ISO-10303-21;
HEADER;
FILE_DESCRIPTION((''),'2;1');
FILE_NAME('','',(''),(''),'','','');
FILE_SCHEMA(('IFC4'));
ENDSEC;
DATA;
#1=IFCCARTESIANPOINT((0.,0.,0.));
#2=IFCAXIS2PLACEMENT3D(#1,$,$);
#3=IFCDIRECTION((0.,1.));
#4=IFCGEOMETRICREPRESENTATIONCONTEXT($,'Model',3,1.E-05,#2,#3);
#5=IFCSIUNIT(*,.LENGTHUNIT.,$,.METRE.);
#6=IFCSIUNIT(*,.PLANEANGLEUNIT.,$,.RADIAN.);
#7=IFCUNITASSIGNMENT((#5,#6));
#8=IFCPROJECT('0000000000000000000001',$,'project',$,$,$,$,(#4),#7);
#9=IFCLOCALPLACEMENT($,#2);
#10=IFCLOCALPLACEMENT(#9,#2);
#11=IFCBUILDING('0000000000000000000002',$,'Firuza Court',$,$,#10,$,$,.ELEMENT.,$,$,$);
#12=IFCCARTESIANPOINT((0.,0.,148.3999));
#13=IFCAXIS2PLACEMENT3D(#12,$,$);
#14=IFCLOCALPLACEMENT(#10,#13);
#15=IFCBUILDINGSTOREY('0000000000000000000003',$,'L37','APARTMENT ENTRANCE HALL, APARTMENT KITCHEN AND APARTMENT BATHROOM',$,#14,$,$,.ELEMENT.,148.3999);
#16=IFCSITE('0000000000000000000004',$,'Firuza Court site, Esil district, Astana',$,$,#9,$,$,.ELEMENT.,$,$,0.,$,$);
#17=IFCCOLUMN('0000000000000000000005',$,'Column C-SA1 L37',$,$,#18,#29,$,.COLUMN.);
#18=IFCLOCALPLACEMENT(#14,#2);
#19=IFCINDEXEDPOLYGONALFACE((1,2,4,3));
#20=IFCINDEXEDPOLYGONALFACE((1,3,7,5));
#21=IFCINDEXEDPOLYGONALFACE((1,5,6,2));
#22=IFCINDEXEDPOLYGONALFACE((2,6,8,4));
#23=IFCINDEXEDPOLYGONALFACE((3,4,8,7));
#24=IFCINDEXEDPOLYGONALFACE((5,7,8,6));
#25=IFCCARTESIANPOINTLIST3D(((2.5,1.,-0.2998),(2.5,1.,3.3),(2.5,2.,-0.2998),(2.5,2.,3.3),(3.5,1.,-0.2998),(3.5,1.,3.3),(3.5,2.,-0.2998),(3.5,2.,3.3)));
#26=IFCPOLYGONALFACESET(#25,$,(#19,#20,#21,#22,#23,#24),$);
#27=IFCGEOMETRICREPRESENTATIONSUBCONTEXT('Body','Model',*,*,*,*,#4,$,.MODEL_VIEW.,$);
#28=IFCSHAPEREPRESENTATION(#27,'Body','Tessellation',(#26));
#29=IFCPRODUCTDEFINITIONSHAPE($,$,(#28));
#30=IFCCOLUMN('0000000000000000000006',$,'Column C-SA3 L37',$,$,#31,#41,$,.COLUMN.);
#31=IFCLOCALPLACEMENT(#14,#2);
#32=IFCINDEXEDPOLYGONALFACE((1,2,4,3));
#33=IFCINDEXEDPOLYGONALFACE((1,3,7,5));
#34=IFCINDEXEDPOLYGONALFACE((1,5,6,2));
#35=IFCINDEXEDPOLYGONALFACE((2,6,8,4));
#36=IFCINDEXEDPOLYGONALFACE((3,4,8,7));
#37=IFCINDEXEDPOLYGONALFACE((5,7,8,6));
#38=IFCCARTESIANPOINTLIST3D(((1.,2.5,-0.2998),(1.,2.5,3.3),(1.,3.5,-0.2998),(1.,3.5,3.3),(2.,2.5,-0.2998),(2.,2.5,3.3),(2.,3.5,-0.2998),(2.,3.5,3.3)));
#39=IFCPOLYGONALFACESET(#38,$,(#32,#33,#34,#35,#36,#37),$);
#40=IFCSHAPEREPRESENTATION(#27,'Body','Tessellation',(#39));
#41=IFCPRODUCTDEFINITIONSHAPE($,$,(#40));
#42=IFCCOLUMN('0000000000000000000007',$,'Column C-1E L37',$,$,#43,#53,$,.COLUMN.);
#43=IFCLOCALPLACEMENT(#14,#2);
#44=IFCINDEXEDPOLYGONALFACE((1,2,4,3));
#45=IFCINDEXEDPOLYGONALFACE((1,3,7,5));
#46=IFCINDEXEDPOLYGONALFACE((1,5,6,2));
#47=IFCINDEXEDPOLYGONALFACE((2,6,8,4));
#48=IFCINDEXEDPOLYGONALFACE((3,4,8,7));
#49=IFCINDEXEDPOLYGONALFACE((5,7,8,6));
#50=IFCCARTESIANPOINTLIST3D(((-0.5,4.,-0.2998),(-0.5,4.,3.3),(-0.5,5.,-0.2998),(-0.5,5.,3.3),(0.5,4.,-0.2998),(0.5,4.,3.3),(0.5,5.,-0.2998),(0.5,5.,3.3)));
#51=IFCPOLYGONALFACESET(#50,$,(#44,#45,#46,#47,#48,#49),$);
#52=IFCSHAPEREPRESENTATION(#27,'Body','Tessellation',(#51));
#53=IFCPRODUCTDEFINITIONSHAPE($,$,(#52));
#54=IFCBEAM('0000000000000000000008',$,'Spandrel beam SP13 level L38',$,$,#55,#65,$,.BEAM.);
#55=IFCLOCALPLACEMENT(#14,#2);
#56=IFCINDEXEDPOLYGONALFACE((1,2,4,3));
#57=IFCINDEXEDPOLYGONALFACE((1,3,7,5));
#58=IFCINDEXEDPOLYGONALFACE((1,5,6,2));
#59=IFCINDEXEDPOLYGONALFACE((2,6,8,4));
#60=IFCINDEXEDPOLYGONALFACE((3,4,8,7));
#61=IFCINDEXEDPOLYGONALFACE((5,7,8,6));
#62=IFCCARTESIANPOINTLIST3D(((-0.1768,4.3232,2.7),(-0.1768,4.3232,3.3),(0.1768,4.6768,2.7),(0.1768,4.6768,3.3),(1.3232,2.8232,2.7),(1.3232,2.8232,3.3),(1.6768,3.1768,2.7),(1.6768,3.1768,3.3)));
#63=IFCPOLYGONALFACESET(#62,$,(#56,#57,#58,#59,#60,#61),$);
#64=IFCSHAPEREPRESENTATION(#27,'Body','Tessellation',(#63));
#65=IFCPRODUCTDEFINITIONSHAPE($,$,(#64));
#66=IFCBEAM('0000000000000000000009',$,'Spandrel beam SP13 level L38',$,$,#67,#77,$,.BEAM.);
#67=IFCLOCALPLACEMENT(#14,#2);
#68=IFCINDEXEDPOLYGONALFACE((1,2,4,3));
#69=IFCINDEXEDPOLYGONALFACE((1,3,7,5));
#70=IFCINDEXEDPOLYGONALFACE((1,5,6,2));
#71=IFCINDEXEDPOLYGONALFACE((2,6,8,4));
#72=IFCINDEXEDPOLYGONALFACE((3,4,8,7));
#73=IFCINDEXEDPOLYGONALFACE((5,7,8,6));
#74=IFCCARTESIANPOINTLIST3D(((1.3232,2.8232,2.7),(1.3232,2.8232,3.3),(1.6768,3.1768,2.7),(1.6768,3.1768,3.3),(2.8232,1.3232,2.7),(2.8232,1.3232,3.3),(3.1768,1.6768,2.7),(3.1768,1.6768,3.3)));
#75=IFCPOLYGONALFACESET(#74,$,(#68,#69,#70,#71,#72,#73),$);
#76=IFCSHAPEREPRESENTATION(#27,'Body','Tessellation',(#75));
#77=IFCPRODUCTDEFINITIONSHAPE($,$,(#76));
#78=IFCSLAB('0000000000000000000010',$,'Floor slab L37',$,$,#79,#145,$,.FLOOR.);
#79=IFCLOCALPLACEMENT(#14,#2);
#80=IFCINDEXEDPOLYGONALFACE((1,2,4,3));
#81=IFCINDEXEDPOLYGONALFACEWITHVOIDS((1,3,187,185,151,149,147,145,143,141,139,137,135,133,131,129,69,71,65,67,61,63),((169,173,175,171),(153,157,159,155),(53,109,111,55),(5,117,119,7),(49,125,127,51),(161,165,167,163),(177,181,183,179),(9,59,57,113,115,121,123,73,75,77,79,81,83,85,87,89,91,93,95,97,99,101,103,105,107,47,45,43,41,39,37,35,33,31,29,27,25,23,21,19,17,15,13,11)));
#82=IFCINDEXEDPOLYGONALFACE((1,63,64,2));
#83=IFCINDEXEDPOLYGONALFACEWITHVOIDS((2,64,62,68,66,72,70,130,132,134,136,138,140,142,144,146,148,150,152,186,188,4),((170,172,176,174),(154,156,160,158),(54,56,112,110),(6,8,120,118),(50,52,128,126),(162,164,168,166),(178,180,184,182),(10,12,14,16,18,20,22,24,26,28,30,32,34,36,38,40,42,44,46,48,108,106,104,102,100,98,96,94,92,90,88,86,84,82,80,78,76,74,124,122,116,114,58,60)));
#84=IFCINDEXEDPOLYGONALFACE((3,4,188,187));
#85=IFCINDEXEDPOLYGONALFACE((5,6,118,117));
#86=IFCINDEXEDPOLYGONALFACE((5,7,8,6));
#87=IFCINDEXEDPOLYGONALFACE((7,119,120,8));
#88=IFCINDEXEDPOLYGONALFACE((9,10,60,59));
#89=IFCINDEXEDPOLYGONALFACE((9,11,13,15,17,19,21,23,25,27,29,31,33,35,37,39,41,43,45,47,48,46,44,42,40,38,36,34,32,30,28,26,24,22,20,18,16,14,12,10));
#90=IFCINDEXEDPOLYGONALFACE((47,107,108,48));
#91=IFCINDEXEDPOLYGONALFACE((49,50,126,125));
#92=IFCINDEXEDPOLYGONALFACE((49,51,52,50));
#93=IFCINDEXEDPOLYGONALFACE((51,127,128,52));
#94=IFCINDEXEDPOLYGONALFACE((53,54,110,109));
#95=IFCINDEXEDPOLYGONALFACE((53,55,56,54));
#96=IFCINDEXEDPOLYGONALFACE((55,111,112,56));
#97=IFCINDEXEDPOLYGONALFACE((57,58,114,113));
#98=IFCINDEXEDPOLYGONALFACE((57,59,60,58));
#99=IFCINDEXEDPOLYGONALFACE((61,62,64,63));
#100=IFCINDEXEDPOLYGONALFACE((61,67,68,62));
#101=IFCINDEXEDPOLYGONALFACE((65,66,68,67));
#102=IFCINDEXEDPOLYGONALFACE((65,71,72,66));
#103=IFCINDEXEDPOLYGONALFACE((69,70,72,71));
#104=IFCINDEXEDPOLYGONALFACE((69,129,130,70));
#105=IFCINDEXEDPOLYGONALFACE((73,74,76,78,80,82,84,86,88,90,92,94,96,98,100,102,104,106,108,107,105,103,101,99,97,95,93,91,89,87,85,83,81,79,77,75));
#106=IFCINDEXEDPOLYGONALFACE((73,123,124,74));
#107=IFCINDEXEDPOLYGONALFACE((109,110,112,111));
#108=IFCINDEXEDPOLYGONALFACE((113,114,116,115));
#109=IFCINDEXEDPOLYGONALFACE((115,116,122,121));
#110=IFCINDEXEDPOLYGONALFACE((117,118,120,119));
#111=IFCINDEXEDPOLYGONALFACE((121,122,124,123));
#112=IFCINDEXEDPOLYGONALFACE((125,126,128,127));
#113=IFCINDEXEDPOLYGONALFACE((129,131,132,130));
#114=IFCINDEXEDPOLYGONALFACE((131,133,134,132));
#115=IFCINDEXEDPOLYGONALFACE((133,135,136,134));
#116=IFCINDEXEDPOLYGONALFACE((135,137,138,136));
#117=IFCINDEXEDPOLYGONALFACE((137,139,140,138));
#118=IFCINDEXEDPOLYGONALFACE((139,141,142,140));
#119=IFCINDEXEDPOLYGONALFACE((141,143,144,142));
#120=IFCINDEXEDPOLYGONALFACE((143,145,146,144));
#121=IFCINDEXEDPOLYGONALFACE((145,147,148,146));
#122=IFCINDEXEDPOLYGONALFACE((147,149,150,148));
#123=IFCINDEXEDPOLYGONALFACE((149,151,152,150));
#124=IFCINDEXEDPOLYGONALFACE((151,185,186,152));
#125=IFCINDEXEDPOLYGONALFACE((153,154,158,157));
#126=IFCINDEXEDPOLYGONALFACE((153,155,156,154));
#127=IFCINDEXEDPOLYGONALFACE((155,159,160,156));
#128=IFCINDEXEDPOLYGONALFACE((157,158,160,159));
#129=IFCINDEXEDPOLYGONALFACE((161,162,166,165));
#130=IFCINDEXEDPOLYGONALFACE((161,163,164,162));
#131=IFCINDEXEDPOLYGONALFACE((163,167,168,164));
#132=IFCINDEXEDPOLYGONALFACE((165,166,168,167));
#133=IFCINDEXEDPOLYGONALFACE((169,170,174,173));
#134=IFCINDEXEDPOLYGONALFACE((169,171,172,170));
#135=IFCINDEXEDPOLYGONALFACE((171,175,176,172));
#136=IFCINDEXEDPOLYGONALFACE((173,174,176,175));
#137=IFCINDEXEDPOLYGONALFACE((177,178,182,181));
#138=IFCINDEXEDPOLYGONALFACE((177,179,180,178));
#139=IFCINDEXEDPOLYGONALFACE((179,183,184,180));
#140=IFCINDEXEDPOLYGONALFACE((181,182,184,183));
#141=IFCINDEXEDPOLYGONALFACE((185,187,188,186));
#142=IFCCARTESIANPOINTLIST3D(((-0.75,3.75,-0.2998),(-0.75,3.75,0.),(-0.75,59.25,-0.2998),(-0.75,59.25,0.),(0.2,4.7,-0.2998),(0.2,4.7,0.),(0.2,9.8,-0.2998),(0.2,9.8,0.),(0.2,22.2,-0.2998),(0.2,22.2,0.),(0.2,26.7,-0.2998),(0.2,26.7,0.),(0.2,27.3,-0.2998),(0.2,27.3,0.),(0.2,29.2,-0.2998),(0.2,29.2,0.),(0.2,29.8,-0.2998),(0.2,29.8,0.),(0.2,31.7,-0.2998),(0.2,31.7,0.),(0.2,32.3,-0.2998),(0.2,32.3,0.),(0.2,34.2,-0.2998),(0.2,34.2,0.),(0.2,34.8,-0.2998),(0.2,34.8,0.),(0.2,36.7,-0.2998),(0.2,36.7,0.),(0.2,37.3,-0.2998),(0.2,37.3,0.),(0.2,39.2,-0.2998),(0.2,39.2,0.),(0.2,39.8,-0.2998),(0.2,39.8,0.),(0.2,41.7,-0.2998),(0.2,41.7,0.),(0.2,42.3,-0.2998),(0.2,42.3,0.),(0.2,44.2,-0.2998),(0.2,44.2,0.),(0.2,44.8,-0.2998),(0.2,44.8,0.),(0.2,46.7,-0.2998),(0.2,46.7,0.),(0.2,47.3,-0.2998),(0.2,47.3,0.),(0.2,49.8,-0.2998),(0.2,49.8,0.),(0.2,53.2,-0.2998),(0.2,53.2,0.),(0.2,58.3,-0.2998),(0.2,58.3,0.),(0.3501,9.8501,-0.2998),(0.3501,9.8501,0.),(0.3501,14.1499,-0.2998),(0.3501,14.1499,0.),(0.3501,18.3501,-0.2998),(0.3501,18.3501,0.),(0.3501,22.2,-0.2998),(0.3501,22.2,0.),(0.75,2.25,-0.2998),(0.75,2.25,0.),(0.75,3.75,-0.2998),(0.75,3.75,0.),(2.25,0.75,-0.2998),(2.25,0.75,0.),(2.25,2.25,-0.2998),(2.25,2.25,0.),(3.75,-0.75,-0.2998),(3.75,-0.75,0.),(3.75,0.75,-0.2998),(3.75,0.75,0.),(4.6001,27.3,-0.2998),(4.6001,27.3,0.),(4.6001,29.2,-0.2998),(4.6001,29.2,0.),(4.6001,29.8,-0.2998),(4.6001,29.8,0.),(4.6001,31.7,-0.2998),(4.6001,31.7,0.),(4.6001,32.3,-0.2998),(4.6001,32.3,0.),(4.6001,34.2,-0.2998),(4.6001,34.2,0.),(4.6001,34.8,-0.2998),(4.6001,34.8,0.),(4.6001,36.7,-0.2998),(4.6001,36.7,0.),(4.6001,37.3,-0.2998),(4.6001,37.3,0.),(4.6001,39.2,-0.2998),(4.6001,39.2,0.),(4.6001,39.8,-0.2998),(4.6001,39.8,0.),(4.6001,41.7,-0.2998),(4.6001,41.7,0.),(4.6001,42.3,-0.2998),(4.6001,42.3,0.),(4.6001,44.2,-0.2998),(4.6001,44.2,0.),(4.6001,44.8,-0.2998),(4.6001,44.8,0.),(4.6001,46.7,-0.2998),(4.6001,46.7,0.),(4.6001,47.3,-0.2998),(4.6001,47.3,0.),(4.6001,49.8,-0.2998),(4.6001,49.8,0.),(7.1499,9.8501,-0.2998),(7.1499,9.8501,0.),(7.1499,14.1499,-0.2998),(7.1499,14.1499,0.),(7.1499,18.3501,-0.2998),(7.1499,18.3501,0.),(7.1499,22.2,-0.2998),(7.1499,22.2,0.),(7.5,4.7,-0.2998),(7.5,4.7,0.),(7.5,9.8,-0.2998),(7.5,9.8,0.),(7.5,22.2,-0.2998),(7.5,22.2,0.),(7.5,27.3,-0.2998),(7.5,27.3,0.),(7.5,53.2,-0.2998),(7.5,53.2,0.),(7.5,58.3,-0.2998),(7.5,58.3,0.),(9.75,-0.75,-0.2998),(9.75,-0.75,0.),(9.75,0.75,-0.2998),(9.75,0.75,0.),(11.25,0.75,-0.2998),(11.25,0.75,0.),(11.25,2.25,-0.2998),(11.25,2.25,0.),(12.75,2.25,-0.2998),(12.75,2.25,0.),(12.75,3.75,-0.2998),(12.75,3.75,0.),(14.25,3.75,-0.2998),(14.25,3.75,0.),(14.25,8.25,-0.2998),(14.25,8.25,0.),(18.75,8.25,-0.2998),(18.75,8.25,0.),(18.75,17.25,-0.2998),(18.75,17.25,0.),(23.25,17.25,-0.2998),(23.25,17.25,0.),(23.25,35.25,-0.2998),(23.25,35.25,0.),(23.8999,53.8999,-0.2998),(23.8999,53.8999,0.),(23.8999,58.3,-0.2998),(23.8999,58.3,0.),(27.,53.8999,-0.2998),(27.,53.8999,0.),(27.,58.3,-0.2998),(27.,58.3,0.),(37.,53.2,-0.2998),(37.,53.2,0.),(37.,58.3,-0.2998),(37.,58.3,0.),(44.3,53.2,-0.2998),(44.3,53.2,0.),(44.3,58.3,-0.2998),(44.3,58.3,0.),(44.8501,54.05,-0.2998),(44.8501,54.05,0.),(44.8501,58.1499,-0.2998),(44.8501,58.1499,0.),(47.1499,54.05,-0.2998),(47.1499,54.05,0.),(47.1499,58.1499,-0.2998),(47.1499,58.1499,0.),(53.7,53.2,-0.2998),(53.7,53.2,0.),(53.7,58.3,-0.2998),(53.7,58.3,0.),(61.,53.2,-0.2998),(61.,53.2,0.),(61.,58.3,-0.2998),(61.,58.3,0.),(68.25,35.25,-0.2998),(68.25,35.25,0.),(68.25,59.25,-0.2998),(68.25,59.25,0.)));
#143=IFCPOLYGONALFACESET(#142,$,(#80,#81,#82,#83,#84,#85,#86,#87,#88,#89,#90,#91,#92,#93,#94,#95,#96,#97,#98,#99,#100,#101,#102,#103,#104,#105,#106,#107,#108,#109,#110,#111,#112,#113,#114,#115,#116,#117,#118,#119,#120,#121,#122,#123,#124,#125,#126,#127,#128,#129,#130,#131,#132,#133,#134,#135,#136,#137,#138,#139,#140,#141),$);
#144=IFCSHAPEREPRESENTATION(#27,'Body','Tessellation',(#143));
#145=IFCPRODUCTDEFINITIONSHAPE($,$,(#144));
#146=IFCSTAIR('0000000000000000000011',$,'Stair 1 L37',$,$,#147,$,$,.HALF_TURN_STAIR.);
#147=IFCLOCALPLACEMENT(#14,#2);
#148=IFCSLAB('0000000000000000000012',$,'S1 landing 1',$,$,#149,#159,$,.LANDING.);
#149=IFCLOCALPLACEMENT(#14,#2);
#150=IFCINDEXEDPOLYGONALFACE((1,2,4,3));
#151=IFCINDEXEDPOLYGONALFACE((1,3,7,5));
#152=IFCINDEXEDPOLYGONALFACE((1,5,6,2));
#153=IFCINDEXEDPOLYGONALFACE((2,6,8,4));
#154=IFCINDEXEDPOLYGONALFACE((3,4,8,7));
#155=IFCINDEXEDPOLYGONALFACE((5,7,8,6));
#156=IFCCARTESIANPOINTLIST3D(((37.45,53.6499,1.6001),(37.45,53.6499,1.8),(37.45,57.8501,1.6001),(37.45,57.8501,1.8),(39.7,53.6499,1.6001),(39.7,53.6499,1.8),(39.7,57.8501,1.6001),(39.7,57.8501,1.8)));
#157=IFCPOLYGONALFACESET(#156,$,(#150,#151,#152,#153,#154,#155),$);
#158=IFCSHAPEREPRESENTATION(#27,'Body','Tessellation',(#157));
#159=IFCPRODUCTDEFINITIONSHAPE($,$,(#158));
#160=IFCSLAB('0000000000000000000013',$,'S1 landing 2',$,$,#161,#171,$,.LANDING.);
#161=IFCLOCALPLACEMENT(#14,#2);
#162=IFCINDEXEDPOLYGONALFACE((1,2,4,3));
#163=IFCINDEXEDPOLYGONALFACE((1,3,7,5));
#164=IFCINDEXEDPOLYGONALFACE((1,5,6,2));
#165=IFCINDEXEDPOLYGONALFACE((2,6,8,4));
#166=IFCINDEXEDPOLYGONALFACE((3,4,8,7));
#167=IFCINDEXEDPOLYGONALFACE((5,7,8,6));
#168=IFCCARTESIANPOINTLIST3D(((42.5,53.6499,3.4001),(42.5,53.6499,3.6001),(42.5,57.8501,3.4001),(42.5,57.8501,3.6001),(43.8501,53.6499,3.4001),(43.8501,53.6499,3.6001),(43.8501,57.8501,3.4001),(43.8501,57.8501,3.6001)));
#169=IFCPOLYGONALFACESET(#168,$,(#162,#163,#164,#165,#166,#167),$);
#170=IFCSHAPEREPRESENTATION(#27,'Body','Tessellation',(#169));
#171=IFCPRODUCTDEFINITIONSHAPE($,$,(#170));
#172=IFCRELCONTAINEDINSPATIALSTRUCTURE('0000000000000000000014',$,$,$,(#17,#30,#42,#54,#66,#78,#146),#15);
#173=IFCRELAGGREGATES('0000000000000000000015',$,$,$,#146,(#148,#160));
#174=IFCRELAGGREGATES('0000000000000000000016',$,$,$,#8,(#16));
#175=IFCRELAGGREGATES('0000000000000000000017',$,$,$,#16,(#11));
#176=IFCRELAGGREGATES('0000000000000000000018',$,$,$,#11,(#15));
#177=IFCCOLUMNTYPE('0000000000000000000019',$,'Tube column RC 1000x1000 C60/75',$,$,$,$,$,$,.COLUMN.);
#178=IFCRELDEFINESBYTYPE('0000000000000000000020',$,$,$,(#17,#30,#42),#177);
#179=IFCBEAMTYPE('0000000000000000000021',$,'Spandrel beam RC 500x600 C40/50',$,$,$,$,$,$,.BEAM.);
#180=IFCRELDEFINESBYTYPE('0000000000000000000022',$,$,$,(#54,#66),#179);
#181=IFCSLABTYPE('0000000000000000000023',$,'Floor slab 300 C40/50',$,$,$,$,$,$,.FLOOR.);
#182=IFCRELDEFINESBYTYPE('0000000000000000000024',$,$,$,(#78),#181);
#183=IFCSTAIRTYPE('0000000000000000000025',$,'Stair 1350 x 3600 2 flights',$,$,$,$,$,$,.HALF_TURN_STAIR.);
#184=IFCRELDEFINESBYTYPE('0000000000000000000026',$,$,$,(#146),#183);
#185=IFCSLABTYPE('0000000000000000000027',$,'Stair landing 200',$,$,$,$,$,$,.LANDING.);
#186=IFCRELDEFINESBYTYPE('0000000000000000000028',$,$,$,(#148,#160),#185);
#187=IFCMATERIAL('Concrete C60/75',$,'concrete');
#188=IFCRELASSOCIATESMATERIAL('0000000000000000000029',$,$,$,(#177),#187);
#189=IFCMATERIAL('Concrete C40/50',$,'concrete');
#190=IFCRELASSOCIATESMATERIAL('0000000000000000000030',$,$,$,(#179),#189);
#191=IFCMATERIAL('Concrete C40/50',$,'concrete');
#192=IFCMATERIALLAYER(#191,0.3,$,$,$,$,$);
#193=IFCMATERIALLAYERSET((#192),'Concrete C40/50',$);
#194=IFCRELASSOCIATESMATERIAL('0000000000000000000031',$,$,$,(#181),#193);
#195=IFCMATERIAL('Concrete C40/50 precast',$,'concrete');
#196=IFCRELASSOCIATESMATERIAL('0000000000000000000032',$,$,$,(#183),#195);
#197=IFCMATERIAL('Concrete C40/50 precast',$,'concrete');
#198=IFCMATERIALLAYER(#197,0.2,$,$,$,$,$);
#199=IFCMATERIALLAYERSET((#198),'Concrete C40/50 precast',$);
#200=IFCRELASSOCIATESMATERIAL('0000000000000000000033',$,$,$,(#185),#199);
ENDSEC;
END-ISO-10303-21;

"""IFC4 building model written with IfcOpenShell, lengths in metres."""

from ifc_helpers import new_model, si_unit, direction, frame, origin, origin_2d, place, context, subcontext, project, spatial, polyline, rectangle, outline, extrude, material, layer, layer_set, material_profile, profile_set, type_object, element, aggregate, save


model = new_model("IFC4")

# Units and contexts
model_context = context("Model", 3, precision=1e-05, world=origin(), true_north=direction((0.0, 1.0)))
body_context = subcontext(model_context, "Body", "Model", "MODEL_VIEW")
ifc_project = project(units=[si_unit("LENGTHUNIT", "METRE"), si_unit("PLANEANGLEUNIT", "RADIAN")], contexts=[model_context])

# Site, building, storey
site_placement = place(None, origin())
site = spatial("IfcSite", under=ifc_project, at=site_placement, Name="Firuza Court site, Esil district, Astana", CompositionType="ELEMENT", RefElevation=0.0)
building_placement = place(site_placement, origin())
building = spatial("IfcBuilding", under=site, at=building_placement, Name="Firuza Court", CompositionType="ELEMENT")
storey_placement = place(building_placement, frame((0.0, 0.0, 148.3999)))
storey = spatial("IfcBuildingStorey", under=building, at=storey_placement, Name="L37", Description="APARTMENT ENTRANCE HALL, APARTMENT KITCHEN AND APARTMENT BATHROOM", CompositionType="ELEMENT", Elevation=148.3999)

# Columns
ifc_material_1 = material(Name="Concrete C60/75", Category="concrete")
ifc_material_profile_1 = material_profile(ifc_material_1, rectangle(XDim=1.0, YDim=1.0, at=origin_2d()), Name="RC 1000x1000")
ifc_profile_set_1 = profile_set([ifc_material_profile_1], Name="Concrete C60/75")
column_type = type_object("IfcColumnType", Name="Tube column RC 1000x1000 C60/75", PredefinedType="COLUMN", material=ifc_profile_set_1)
for number, where, z_axis, x_axis, name in (
    (1, (3.0, 1.5, -0.2998), (0.0, 0.0, 1.0), (1.0, 0.0, 0.0), "Column C-SA1 L37"),
    (2, (1.5, 3.0, -0.2998), (0.0, 0.0, 1.0), (1.0, 0.0, 0.0), "Column C-SA3 L37"),
    (3, (0.0, 4.5, -0.2998), (0.0, 0.0, 1.0), (1.0, 0.0, 0.0), "Column C-1E L37"),
):
    element("IfcColumn", number, at=place(storey_placement, frame(where, z_axis=z_axis, x_axis=x_axis)), inside=storey, type_object=column_type, Name=name, PredefinedType="COLUMN", context=body_context, shape_type="SweptSolid", body=[
        extrude(rectangle(XDim=1.0, YDim=1.0, at=origin_2d()), origin(), (0.0, 0.0, 1.0), 3.5999),
    ])

# Beams
ifc_material_2 = material(Name="Concrete C40/50", Category="concrete")
ifc_material_profile_2 = material_profile(ifc_material_2, rectangle(XDim=0.5, YDim=0.6001, at=origin_2d()), Name="RC 500x600")
ifc_profile_set_2 = profile_set([ifc_material_profile_2], Name="Concrete C40/50")
beam_type = type_object("IfcBeamType", Name="Spandrel beam RC 500x600 C40/50", PredefinedType="BEAM", material=ifc_profile_set_2)
for number, where, z_axis, x_axis, name in (
    (4, (0.0, 4.5, 3.0), (0.707107, -0.707107, 0.0), (0.707107, 0.707107, 0.0), "Spandrel beam SP13 level L38"),
    (5, (1.5, 3.0, 3.0), (0.707107, -0.707107, 0.0), (0.707107, 0.707107, 0.0), "Spandrel beam SP13 level L38"),
):
    element("IfcBeam", number, at=place(storey_placement, frame(where, z_axis=z_axis, x_axis=x_axis)), inside=storey, type_object=beam_type, Name=name, PredefinedType="BEAM", context=body_context, shape_type="SweptSolid", body=[
        extrude(rectangle(XDim=0.5, YDim=0.6001, at=origin_2d()), origin(), (0.0, 0.0, 1.0), 2.1213),
    ])

# Slab
ifc_material_3 = material(Name="Concrete C40/50", Category="concrete")
ifc_layer_1 = layer(ifc_material_3, 0.3)
ifc_layer_set_1 = layer_set([ifc_layer_1], Name="Concrete C40/50")
slab_type_1 = type_object("IfcSlabType", Name="Floor slab 300 C40/50", PredefinedType="FLOOR", material=ifc_layer_set_1)
slab_1_placement = place(storey_placement, frame((0.0, 0.0, -0.2998)))
element("IfcSlab", 6, at=slab_1_placement, inside=storey, type_object=slab_type_1, Name="Floor slab L37", PredefinedType="FLOOR", context=body_context, shape_type="SweptSolid", body=[
    extrude(outline(polyline([(3.75, -0.75), (3.75, 0.75), (2.25, 0.75), (2.25, 2.25), (0.75, 2.25), (0.75, 3.75), (-0.75, 3.75), (-0.75, 59.25), (68.25, 59.25), (68.25, 35.25), (23.25, 35.25), (23.25, 17.25), (18.75, 17.25), (18.75, 8.25), (14.25, 8.25), (14.25, 3.75), (12.75, 3.75), (12.75, 2.25), (11.25, 2.25), (11.25, 0.75), (9.75, 0.75), (9.75, -0.75), (3.75, -0.75)]), holes=[polyline([(0.2, 29.8), (0.2, 29.2), (0.2, 27.3), (0.2, 26.7), (0.2, 22.2), (0.3501, 22.2), (0.3501, 18.3501), (7.1499, 18.3501), (7.1499, 22.2), (7.5, 22.2), (7.5, 27.3), (4.6001, 27.3), (4.6001, 29.2), (4.6001, 29.8), (4.6001, 31.7), (4.6001, 32.3), (4.6001, 34.2), (4.6001, 34.8), (4.6001, 36.7), (4.6001, 37.3), (4.6001, 39.2), (4.6001, 39.8), (4.6001, 41.7), (4.6001, 42.3), (4.6001, 44.2), (4.6001, 44.8), (4.6001, 46.7), (4.6001, 47.3), (4.6001, 49.8), (0.2, 49.8), (0.2, 47.3), (0.2, 46.7), (0.2, 44.8), (0.2, 44.2), (0.2, 42.3), (0.2, 41.7), (0.2, 39.8), (0.2, 39.2), (0.2, 37.3), (0.2, 36.7), (0.2, 34.8), (0.2, 34.2), (0.2, 32.3), (0.2, 31.7), (0.2, 29.8)]), polyline([(7.5, 9.8), (0.2, 9.8), (0.2, 4.7), (7.5, 4.7), (7.5, 9.8)]), polyline([(7.1499, 14.1499), (0.3501, 14.1499), (0.3501, 9.8501), (7.1499, 9.8501), (7.1499, 14.1499)]), polyline([(7.5, 58.3), (0.2, 58.3), (0.2, 53.2), (7.5, 53.2), (7.5, 58.3)]), polyline([(44.3, 58.3), (37.0, 58.3), (37.0, 53.2), (44.3, 53.2), (44.3, 58.3)]), polyline([(61.0, 58.3), (53.7, 58.3), (53.7, 53.2), (61.0, 53.2), (61.0, 58.3)]), polyline([(27.0, 53.8999), (27.0, 58.3), (23.8999, 58.3), (23.8999, 53.8999), (27.0, 53.8999)]), polyline([(47.1499, 54.05), (47.1499, 58.1499), (44.8501, 58.1499), (44.8501, 54.05), (47.1499, 54.05)])]), origin(), (0.0, 0.0, 1.0), 0.2998),
])

# Stair, slabs
ifc_material_4 = material(Name="Concrete C40/50 precast", Category="concrete")
stair_type = type_object("IfcStairType", Name="Stair 1350 x 3600 2 flights", PredefinedType="HALF_TURN_STAIR", material=ifc_material_4)
stair_1_placement = place(storey_placement, origin())
stair_1 = element("IfcStair", 7, at=stair_1_placement, inside=storey, type_object=stair_type, Name="Stair 1 L37", PredefinedType="HALF_TURN_STAIR")
ifc_material_5 = material(Name="Concrete C40/50 precast", Category="concrete")
ifc_layer_2 = layer(ifc_material_5, 0.2)
ifc_layer_set_2 = layer_set([ifc_layer_2], Name="Concrete C40/50 precast")
slab_type_2 = type_object("IfcSlabType", Name="Stair landing 200", PredefinedType="LANDING", material=ifc_layer_set_2)
slab_2_placement = place(storey_placement, frame((0.0, 0.0, 1.6001)))
slab_2 = element("IfcSlab", 8, at=slab_2_placement, type_object=slab_type_2, Name="S1 landing 1", PredefinedType="LANDING", context=body_context, shape_type="SweptSolid", body=[
    extrude(outline(polyline([(39.7, 53.6499), (39.7, 57.8501), (37.45, 57.8501), (37.45, 53.6499), (39.7, 53.6499)])), origin(), (0.0, 0.0, 1.0), 0.2),
])
slab_3_placement = place(storey_placement, frame((0.0, 0.0, 3.4001)))
slab_3 = element("IfcSlab", 9, at=slab_3_placement, type_object=slab_type_2, Name="S1 landing 2", PredefinedType="LANDING", context=body_context, shape_type="SweptSolid", body=[
    extrude(outline(polyline([(43.8501, 53.6499), (43.8501, 57.8501), (42.5, 57.8501), (42.5, 53.6499), (43.8501, 53.6499)])), origin(), (0.0, 0.0, 1.0), 0.2),
])
aggregate(stair_1, [slab_2, slab_3])

save(model, "model.ifc")
